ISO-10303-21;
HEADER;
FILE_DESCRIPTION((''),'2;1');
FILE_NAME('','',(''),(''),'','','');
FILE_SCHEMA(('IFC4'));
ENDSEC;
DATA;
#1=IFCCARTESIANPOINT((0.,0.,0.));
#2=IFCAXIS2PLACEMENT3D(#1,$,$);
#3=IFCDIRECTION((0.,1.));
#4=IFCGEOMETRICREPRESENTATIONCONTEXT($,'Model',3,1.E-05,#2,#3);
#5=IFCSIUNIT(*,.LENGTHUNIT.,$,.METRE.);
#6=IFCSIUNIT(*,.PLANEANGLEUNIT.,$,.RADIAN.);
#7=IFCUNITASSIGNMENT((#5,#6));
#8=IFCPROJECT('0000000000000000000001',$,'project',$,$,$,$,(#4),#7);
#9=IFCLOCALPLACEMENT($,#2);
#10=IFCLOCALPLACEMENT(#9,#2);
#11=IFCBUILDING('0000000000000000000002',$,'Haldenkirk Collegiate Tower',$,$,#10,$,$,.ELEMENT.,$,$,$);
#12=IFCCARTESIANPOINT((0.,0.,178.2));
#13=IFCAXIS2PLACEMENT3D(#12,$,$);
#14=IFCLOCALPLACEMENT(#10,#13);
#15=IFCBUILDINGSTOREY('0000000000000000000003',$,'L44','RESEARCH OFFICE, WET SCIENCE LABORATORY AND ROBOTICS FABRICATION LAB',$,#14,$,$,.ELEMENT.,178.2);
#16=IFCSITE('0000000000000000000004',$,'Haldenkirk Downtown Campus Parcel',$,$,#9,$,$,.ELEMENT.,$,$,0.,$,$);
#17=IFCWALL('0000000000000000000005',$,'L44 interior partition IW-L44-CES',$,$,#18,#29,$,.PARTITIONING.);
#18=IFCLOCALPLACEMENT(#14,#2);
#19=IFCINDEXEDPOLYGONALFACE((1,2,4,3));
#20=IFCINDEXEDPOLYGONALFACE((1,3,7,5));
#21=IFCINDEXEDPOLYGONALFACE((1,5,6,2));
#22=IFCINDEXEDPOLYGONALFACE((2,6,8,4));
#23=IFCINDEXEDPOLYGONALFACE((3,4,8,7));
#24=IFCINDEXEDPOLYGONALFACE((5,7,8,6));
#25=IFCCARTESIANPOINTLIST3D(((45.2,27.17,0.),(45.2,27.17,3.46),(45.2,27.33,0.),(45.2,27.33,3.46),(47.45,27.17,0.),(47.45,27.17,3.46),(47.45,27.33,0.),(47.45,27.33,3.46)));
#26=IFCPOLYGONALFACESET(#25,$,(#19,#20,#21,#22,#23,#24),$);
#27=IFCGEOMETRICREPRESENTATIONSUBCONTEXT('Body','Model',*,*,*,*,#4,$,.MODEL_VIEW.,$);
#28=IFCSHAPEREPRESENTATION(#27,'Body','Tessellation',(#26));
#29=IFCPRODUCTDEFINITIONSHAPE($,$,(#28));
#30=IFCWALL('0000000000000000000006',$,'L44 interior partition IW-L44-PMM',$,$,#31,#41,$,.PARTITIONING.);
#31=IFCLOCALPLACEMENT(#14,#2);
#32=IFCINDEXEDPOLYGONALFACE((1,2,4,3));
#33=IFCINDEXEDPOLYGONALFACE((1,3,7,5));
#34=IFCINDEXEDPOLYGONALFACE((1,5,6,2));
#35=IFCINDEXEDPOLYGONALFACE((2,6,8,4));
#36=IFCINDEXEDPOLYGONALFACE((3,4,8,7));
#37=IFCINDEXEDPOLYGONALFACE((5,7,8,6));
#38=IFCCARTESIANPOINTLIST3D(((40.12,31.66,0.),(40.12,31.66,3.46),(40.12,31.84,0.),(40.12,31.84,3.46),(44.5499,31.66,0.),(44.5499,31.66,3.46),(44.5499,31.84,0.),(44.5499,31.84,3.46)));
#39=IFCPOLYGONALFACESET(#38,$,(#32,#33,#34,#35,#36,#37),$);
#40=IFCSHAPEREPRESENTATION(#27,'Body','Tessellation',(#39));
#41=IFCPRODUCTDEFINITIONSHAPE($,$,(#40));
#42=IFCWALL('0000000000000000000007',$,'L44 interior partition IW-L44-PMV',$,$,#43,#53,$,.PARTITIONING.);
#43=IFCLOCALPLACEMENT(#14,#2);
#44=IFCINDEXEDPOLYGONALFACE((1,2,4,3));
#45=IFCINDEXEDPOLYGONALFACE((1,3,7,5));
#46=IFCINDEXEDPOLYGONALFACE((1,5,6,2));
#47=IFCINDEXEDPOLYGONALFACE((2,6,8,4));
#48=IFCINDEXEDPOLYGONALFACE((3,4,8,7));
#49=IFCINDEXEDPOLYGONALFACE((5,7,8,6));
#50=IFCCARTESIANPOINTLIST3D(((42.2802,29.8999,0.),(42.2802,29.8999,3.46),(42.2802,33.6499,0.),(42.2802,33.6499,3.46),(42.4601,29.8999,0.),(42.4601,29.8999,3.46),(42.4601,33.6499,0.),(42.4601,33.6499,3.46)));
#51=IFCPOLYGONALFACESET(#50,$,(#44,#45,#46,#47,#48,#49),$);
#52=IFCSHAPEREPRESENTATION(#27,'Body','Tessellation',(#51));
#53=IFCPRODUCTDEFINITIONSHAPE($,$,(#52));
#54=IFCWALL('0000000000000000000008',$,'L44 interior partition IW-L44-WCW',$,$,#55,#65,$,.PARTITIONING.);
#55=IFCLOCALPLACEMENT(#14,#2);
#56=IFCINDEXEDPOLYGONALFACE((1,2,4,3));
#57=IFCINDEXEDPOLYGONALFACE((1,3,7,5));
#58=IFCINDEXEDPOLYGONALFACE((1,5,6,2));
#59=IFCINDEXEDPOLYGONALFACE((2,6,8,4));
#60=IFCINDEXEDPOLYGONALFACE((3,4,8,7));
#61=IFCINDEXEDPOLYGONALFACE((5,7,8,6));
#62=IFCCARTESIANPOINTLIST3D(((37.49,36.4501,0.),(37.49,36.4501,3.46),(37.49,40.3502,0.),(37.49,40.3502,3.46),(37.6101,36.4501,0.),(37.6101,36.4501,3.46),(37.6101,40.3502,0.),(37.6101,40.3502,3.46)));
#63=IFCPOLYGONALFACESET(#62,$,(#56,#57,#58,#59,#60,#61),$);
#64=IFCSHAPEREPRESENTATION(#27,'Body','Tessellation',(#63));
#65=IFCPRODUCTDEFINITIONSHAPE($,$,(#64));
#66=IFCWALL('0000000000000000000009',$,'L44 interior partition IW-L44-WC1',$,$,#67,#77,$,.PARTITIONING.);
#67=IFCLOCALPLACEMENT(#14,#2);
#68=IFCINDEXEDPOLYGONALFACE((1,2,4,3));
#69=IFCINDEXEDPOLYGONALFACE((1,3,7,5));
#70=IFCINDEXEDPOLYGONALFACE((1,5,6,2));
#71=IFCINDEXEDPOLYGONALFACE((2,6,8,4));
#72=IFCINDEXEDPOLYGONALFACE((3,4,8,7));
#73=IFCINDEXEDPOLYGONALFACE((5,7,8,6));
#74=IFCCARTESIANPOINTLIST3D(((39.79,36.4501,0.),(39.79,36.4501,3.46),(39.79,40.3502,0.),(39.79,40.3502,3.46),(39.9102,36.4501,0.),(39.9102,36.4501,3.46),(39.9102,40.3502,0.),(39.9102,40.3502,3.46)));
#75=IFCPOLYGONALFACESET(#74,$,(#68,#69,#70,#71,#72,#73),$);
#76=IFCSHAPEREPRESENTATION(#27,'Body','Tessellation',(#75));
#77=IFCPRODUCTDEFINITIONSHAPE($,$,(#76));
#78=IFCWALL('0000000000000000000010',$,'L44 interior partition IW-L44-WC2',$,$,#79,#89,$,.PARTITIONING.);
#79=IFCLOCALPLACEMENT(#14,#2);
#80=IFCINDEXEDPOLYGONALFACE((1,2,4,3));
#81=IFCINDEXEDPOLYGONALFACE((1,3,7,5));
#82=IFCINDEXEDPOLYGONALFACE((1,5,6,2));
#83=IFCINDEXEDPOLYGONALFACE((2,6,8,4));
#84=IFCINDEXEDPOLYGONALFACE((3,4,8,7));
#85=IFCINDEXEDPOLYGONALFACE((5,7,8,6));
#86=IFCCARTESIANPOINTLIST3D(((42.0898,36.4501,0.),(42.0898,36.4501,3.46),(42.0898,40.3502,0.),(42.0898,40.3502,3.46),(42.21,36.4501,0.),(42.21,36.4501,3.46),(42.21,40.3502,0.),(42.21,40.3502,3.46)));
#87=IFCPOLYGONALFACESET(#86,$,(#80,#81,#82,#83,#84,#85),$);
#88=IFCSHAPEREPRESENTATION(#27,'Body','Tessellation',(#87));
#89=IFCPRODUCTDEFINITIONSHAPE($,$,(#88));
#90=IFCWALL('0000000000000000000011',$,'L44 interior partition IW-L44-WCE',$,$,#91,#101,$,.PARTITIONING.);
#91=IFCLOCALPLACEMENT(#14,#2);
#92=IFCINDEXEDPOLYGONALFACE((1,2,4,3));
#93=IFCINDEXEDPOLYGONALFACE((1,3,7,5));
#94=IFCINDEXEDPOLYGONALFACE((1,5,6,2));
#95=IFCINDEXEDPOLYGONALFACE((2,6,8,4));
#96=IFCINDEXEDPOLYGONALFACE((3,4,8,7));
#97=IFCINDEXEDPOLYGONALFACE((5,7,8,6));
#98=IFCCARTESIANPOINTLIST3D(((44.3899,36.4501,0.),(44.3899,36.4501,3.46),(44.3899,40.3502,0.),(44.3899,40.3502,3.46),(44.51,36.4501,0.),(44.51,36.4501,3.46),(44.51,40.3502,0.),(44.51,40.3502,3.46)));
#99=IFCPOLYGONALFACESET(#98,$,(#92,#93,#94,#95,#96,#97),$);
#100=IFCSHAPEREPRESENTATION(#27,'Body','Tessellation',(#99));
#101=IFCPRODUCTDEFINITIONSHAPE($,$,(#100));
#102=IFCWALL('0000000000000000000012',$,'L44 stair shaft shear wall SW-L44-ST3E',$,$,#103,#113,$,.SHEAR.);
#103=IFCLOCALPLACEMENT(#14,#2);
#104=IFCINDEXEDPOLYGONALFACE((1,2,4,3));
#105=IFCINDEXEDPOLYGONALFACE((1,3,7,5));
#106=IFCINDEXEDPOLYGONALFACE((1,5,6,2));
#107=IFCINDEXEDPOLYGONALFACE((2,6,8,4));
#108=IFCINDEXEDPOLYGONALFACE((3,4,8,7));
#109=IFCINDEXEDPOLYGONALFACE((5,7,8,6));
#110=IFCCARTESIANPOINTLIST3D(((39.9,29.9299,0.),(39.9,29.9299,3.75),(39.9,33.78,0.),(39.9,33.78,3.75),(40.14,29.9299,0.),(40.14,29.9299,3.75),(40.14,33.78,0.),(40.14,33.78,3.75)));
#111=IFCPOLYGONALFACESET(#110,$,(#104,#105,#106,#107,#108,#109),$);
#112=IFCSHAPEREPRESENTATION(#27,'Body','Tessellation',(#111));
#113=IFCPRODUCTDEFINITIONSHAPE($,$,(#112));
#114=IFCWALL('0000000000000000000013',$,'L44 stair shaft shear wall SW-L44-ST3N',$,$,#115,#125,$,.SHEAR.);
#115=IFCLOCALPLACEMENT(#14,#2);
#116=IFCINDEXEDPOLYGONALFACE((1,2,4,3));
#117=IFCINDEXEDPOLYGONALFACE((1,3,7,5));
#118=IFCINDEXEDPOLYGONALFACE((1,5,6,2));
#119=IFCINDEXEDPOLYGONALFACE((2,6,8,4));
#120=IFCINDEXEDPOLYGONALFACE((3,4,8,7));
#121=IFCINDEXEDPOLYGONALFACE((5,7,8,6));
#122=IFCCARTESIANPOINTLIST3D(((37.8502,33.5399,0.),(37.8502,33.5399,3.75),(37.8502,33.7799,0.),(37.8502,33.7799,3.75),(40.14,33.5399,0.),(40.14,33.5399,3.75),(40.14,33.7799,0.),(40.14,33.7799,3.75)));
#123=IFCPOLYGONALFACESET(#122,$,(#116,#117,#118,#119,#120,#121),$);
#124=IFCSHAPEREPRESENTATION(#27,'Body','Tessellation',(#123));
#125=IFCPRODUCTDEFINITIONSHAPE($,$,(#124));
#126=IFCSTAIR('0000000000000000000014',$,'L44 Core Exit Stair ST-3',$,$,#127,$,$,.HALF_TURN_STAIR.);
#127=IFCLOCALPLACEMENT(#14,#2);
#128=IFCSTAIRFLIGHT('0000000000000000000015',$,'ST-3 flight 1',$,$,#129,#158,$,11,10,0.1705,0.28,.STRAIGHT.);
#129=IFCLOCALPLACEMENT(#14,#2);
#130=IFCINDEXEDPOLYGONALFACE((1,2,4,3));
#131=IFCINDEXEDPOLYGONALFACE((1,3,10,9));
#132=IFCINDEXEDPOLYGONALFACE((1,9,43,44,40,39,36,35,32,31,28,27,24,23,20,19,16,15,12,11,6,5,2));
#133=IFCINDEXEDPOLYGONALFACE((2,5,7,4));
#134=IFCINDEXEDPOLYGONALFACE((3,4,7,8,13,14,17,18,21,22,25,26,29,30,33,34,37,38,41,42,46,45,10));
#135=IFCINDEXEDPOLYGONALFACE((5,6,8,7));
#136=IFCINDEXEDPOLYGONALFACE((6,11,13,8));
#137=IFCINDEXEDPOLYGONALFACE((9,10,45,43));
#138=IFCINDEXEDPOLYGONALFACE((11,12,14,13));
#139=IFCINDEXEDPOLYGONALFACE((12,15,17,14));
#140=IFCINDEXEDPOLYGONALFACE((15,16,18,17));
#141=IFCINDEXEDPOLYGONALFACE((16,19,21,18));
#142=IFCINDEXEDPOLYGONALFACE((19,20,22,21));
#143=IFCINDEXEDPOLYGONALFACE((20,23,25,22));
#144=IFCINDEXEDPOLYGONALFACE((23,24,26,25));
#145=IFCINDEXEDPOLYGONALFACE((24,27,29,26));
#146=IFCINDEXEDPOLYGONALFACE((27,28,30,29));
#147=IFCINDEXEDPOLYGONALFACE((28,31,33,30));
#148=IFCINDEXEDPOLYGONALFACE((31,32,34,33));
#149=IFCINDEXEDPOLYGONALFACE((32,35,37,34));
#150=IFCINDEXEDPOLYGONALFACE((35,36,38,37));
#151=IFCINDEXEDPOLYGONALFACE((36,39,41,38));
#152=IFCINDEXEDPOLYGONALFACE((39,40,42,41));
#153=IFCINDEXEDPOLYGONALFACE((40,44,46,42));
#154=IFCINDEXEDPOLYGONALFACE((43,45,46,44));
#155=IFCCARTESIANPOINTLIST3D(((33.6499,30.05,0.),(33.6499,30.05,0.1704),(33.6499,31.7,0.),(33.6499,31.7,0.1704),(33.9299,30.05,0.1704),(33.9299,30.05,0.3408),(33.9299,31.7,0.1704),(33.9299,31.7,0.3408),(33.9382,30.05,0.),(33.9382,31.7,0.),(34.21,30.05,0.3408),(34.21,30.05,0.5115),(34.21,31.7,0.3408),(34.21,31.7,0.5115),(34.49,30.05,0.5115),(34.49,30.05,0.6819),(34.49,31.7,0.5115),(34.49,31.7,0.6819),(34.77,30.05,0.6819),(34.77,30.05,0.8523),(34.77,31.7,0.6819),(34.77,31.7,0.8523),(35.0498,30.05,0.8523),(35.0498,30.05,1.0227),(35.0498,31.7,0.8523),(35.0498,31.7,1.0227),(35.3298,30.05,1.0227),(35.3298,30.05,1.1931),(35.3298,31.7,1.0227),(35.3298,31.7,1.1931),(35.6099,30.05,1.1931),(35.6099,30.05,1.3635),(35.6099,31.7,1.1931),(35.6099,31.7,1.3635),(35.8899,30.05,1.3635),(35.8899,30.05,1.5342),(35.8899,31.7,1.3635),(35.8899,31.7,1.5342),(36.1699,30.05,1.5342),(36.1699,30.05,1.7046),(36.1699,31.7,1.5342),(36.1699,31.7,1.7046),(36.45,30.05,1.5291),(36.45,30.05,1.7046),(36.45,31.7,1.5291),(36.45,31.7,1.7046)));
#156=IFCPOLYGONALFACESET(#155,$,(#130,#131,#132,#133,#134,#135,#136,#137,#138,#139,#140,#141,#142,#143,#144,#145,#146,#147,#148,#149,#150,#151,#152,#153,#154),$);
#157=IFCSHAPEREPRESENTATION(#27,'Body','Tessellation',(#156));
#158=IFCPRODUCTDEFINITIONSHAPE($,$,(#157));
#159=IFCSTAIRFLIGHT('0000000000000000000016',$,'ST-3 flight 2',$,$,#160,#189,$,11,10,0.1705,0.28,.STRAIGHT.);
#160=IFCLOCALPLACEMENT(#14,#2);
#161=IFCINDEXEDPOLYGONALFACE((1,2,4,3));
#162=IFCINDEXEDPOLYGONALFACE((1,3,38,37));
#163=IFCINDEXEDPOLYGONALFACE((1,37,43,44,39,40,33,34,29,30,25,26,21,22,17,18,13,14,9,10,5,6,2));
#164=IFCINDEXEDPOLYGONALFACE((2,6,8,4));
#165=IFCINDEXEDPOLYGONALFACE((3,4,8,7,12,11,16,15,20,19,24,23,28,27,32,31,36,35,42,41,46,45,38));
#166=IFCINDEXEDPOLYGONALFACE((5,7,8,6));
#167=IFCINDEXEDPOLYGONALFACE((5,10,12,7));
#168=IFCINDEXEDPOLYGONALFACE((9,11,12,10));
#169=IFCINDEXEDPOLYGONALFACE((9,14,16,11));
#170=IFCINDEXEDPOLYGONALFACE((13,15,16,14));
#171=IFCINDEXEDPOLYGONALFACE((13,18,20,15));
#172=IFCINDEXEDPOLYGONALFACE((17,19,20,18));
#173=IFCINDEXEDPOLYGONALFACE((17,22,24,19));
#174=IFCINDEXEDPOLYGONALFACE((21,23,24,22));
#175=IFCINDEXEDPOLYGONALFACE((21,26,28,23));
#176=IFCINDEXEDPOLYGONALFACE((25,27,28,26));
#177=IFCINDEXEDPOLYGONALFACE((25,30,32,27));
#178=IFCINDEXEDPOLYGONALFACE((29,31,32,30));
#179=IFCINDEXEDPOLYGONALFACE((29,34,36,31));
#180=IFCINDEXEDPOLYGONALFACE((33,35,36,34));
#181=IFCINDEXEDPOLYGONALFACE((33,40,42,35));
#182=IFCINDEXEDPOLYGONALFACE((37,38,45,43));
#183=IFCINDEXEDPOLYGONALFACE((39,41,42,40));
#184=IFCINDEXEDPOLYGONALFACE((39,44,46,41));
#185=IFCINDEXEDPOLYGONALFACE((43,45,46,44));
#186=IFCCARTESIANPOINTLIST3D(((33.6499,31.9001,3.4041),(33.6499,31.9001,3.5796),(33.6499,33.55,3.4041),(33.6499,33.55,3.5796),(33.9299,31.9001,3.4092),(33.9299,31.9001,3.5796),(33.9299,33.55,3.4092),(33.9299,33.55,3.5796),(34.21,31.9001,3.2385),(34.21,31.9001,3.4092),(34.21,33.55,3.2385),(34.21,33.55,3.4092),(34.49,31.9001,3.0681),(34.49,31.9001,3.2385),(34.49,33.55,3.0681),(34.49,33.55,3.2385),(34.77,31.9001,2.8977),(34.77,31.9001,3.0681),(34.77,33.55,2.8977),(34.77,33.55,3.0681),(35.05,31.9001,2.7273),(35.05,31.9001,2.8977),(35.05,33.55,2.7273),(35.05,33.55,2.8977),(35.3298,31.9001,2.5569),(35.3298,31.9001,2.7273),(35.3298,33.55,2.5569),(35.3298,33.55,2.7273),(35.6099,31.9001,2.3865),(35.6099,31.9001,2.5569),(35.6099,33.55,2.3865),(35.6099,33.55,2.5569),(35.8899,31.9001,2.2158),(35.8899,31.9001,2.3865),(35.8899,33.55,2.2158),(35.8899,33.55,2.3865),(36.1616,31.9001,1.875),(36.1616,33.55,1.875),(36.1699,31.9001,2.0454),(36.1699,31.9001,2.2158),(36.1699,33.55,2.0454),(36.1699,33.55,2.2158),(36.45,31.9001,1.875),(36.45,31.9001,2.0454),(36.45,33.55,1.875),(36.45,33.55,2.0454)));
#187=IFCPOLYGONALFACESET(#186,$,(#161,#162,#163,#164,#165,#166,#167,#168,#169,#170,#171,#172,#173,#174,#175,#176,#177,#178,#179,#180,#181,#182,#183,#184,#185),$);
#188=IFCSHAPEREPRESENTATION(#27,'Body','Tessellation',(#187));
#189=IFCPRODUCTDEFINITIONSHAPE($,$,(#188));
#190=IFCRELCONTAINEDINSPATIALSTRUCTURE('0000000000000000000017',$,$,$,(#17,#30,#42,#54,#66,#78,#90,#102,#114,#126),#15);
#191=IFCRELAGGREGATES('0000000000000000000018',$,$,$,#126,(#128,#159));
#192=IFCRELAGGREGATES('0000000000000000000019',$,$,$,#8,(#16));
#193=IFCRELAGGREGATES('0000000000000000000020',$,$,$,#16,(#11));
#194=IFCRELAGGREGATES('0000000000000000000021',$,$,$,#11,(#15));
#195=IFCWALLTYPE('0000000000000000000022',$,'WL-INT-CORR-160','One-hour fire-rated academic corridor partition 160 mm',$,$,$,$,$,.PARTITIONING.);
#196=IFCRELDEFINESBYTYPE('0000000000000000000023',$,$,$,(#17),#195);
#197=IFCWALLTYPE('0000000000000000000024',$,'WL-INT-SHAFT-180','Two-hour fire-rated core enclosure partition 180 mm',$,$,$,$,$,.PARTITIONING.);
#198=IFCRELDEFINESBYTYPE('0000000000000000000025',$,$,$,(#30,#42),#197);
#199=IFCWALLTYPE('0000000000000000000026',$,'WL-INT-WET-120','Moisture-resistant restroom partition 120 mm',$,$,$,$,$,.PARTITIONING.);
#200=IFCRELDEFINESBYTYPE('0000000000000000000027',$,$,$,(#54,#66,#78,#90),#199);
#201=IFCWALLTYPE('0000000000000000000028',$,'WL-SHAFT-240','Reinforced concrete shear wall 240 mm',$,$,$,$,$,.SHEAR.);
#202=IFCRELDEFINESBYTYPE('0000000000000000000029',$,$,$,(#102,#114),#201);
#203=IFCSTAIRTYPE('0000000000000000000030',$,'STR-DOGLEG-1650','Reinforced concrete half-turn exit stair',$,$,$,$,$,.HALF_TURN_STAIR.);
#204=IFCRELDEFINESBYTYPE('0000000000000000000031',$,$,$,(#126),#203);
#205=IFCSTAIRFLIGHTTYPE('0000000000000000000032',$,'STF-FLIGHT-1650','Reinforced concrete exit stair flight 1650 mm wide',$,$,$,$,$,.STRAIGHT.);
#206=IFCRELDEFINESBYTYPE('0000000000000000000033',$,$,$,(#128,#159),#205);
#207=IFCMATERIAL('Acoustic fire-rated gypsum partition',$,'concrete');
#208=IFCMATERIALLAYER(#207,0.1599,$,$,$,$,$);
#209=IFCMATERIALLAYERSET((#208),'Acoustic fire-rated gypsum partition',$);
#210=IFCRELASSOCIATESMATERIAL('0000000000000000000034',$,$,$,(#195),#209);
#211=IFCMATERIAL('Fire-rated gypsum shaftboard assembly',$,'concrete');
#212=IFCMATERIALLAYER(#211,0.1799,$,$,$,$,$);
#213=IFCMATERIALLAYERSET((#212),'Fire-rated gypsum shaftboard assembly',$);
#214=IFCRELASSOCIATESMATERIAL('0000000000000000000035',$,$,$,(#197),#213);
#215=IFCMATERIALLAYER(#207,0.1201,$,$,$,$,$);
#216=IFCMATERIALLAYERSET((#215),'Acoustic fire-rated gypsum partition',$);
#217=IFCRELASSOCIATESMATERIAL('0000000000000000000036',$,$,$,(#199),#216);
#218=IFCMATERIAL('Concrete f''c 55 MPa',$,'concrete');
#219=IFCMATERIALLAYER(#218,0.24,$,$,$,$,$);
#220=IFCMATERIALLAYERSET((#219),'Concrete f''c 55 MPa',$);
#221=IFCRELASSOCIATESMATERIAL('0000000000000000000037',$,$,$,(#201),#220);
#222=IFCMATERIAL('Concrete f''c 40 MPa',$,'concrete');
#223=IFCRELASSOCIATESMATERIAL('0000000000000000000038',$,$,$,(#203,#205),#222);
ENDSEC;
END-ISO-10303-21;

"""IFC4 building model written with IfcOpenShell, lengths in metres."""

from ifc_helpers import new_model, si_unit, direction, frame, frame_2d, origin, place, context, subcontext, project, spatial, polyline, rectangle, outline, extrude, material, layer, layer_set, type_object, element, aggregate, save


model = new_model("IFC4")

# Units and contexts
model_context = context("Model", 3, precision=1e-05, world=origin(), true_north=direction((0.0, 1.0)))
body_context = subcontext(model_context, "Body", "Model", "MODEL_VIEW")
ifc_project = project(units=[si_unit("LENGTHUNIT", "METRE"), si_unit("PLANEANGLEUNIT", "RADIAN")], contexts=[model_context])

# Site, building, storey
site_placement = place(None, origin())
site = spatial("IfcSite", under=ifc_project, at=site_placement, Name="Haldenkirk Downtown Campus Parcel", CompositionType="ELEMENT", RefElevation=0.0)
building_placement = place(site_placement, origin())
building = spatial("IfcBuilding", under=site, at=building_placement, Name="Haldenkirk Collegiate Tower", CompositionType="ELEMENT")
storey_placement = place(building_placement, frame((0.0, 0.0, 178.2)))
storey = spatial("IfcBuildingStorey", under=building, at=storey_placement, Name="L44", Description="RESEARCH OFFICE, WET SCIENCE LABORATORY AND ROBOTICS FABRICATION LAB", CompositionType="ELEMENT", Elevation=178.2)

# Shared definitions
ifc_material_1 = material(Name="Acoustic fire-rated gypsum partition", Category="concrete")
ifc_layer_1 = layer(ifc_material_1, 0.1599)
ifc_layer_set_1 = layer_set([ifc_layer_1], Name="Acoustic fire-rated gypsum partition")
wall_type_1 = type_object("IfcWallType", Name="WL-INT-CORR-160", Description="One-hour fire-rated academic corridor partition 160 mm", PredefinedType="PARTITIONING", material=ifc_layer_set_1)

# Wall
wall_1_placement = place(storey_placement, frame((45.2, 27.25, 0.0), z_axis=(0.0, 0.0, 1.0), x_axis=(1.0, 0.0, 0.0)))
element("IfcWall", 1, at=wall_1_placement, inside=storey, type_object=wall_type_1, Name="L44 interior partition IW-L44-CES", PredefinedType="PARTITIONING", context=body_context, shape_type="SweptSolid", body=[
    extrude(rectangle(XDim=2.25, YDim=0.1599, at=frame_2d((1.125, 0.0))), origin(), (0.0, 0.0, 1.0), 3.46),
])

# Shared definitions
ifc_material_2 = material(Name="Fire-rated gypsum shaftboard assembly", Category="concrete")
ifc_layer_2 = layer(ifc_material_2, 0.1799)
ifc_layer_set_2 = layer_set([ifc_layer_2], Name="Fire-rated gypsum shaftboard assembly")
wall_type_2 = type_object("IfcWallType", Name="WL-INT-SHAFT-180", Description="Two-hour fire-rated core enclosure partition 180 mm", PredefinedType="PARTITIONING", material=ifc_layer_set_2)

# Walls
wall_2_placement = place(storey_placement, frame((40.1201, 31.75, 0.0), z_axis=(0.0, 0.0, 1.0), x_axis=(1.0, 0.0, 0.0)))
element("IfcWall", 2, at=wall_2_placement, inside=storey, type_object=wall_type_2, Name="L44 interior partition IW-L44-PMM", PredefinedType="PARTITIONING", context=body_context, shape_type="SweptSolid", body=[
    extrude(rectangle(XDim=4.4299, YDim=0.1799, at=frame_2d((2.2148, 0.0))), origin(), (0.0, 0.0, 1.0), 3.46),
])
wall_3_placement = place(storey_placement, frame((42.3701, 29.8999, 0.0), z_axis=(0.0, 0.0, 1.0), x_axis=(0.0, 1.0, 0.0)))
element("IfcWall", 3, at=wall_3_placement, inside=storey, type_object=wall_type_2, Name="L44 interior partition IW-L44-PMV", PredefinedType="PARTITIONING", context=body_context, shape_type="SweptSolid", body=[
    extrude(rectangle(XDim=3.75, YDim=0.1799, at=frame_2d((1.875, 0.0))), origin(), (0.0, 0.0, 1.0), 3.46),
])
ifc_layer_3 = layer(ifc_material_1, 0.1201)
ifc_layer_set_3 = layer_set([ifc_layer_3], Name="Acoustic fire-rated gypsum partition")
wall_type_3 = type_object("IfcWallType", Name="WL-INT-WET-120", Description="Moisture-resistant restroom partition 120 mm", PredefinedType="PARTITIONING", material=ifc_layer_set_3)
for number, where, z_axis, x_axis, name in (
    (4, (37.55, 36.45, 0.0), (0.0, 0.0, 1.0), (0.0, 1.0, 0.0), "L44 interior partition IW-L44-WCW"),
    (5, (39.8501, 36.45, 0.0), (0.0, 0.0, 1.0), (0.0, 1.0, 0.0), "L44 interior partition IW-L44-WC1"),
    (6, (42.1499, 36.45, 0.0), (0.0, 0.0, 1.0), (0.0, 1.0, 0.0), "L44 interior partition IW-L44-WC2"),
    (7, (44.45, 36.45, 0.0), (0.0, 0.0, 1.0), (0.0, 1.0, 0.0), "L44 interior partition IW-L44-WCE"),
):
    element("IfcWall", number, at=place(storey_placement, frame(where, z_axis=z_axis, x_axis=x_axis)), inside=storey, type_object=wall_type_3, Name=name, PredefinedType="PARTITIONING", context=body_context, shape_type="SweptSolid", body=[
        extrude(rectangle(XDim=3.9001, YDim=0.1201, at=frame_2d((1.9502, 0.0))), origin(), (0.0, 0.0, 1.0), 3.46),
    ])
ifc_material_3 = material(Name="Concrete f'c 55 MPa", Category="concrete")
ifc_layer_4 = layer(ifc_material_3, 0.24)
ifc_layer_set_4 = layer_set([ifc_layer_4], Name="Concrete f'c 55 MPa")
wall_type_4 = type_object("IfcWallType", Name="WL-SHAFT-240", Description="Reinforced concrete shear wall 240 mm", PredefinedType="SHEAR", material=ifc_layer_set_4)
wall_4_placement = place(storey_placement, frame((40.02, 29.9299, 0.0), z_axis=(0.0, 0.0, 1.0), x_axis=(0.0, 1.0, 0.0)))
element("IfcWall", 8, at=wall_4_placement, inside=storey, type_object=wall_type_4, Name="L44 stair shaft shear wall SW-L44-ST3E", PredefinedType="SHEAR", context=body_context, shape_type="SweptSolid", body=[
    extrude(rectangle(XDim=3.8501, YDim=0.24, at=frame_2d((1.925, 0.0))), origin(), (0.0, 0.0, 1.0), 3.75),
])
wall_5_placement = place(storey_placement, frame((37.8501, 33.6599, 0.0), z_axis=(0.0, 0.0, 1.0), x_axis=(1.0, 0.0, 0.0)))
element("IfcWall", 9, at=wall_5_placement, inside=storey, type_object=wall_type_4, Name="L44 stair shaft shear wall SW-L44-ST3N", PredefinedType="SHEAR", context=body_context, shape_type="SweptSolid", body=[
    extrude(rectangle(XDim=2.2898, YDim=0.24, at=frame_2d((1.145, 0.0))), origin(), (0.0, 0.0, 1.0), 3.75),
])

# Stair, stair flights
ifc_material_4 = material(Name="Concrete f'c 40 MPa", Category="concrete")
stair_type = type_object("IfcStairType", Name="STR-DOGLEG-1650", Description="Reinforced concrete half-turn exit stair", PredefinedType="HALF_TURN_STAIR", material=ifc_material_4)
stair_placement = place(storey_placement, origin())
stair = element("IfcStair", 10, at=stair_placement, inside=storey, type_object=stair_type, Name="L44 Core Exit Stair ST-3", PredefinedType="HALF_TURN_STAIR")
stair_flight_type = type_object("IfcStairFlightType", Name="STF-FLIGHT-1650", Description="Reinforced concrete exit stair flight 1650 mm wide", PredefinedType="STRAIGHT", material=ifc_material_4)
stair_flight_1_placement = place(storey_placement, frame((33.6499, 30.875, 0.0), z_axis=(0.0, 0.0, 1.0), x_axis=(1.0, 0.0, 0.0)))
stair_flight_1 = element("IfcStairFlight", 11, at=stair_flight_1_placement, type_object=stair_flight_type, Name="ST-3 flight 1", NumberOfRisers=11, NumberOfTreads=10, PredefinedType="STRAIGHT", RiserHeight=0.1705, TreadLength=0.28, context=body_context, shape_type="SweptSolid", body=[
    extrude(outline(polyline([(0.0, 0.0), (0.0, 0.1704), (0.28, 0.1704), (0.28, 0.3408), (0.5601, 0.3408), (0.5601, 0.5115), (0.8401, 0.5115), (0.8401, 0.6819), (1.1201, 0.6819), (1.1201, 0.8523), (1.3999, 0.8523), (1.3999, 1.0227), (1.6799, 1.0227), (1.6799, 1.1931), (1.96, 1.1931), (1.96, 1.3635), (2.24, 1.3635), (2.24, 1.5342), (2.52, 1.5342), (2.52, 1.7046), (2.8, 1.7046), (2.8, 1.875), (2.8, 1.5291), (0.2883, 0.0), (0.0, 0.0)])), frame((0.0, 0.825, 0.0), z_axis=(0.0, -1.0, 0.0), x_axis=(1.0, 0.0, 0.0)), (0.0, 0.0, 1.0), 1.6499),
])
stair_flight_2_placement = place(storey_placement, frame((36.45, 32.7251, 1.875), z_axis=(0.0, 0.0, 1.0), x_axis=(-1.0, 0.0, 0.0)))
stair_flight_2 = element("IfcStairFlight", 12, at=stair_flight_2_placement, type_object=stair_flight_type, Name="ST-3 flight 2", NumberOfRisers=11, NumberOfTreads=10, PredefinedType="STRAIGHT", RiserHeight=0.1705, TreadLength=0.28, context=body_context, shape_type="SweptSolid", body=[
    extrude(outline(polyline([(0.0, 0.0), (0.0, 0.1704), (0.28, 0.1704), (0.28, 0.3408), (0.5601, 0.3408), (0.5601, 0.5115), (0.8401, 0.5115), (0.8401, 0.6819), (1.1201, 0.6819), (1.1201, 0.8523), (1.3999, 0.8523), (1.3999, 1.0227), (1.6799, 1.0227), (1.6799, 1.1931), (1.96, 1.1931), (1.96, 1.3635), (2.24, 1.3635), (2.24, 1.5342), (2.52, 1.5342), (2.52, 1.7046), (2.8, 1.7046), (2.8, 1.875), (2.8, 1.5291), (0.2883, 0.0), (0.0, 0.0)])), frame((0.0, 0.825, 0.0), z_axis=(0.0, -1.0, 0.0), x_axis=(1.0, 0.0, 0.0)), (0.0, 0.0, 1.0), 1.6499),
])
aggregate(stair, [stair_flight_1, stair_flight_2])

save(model, "model.ifc")
